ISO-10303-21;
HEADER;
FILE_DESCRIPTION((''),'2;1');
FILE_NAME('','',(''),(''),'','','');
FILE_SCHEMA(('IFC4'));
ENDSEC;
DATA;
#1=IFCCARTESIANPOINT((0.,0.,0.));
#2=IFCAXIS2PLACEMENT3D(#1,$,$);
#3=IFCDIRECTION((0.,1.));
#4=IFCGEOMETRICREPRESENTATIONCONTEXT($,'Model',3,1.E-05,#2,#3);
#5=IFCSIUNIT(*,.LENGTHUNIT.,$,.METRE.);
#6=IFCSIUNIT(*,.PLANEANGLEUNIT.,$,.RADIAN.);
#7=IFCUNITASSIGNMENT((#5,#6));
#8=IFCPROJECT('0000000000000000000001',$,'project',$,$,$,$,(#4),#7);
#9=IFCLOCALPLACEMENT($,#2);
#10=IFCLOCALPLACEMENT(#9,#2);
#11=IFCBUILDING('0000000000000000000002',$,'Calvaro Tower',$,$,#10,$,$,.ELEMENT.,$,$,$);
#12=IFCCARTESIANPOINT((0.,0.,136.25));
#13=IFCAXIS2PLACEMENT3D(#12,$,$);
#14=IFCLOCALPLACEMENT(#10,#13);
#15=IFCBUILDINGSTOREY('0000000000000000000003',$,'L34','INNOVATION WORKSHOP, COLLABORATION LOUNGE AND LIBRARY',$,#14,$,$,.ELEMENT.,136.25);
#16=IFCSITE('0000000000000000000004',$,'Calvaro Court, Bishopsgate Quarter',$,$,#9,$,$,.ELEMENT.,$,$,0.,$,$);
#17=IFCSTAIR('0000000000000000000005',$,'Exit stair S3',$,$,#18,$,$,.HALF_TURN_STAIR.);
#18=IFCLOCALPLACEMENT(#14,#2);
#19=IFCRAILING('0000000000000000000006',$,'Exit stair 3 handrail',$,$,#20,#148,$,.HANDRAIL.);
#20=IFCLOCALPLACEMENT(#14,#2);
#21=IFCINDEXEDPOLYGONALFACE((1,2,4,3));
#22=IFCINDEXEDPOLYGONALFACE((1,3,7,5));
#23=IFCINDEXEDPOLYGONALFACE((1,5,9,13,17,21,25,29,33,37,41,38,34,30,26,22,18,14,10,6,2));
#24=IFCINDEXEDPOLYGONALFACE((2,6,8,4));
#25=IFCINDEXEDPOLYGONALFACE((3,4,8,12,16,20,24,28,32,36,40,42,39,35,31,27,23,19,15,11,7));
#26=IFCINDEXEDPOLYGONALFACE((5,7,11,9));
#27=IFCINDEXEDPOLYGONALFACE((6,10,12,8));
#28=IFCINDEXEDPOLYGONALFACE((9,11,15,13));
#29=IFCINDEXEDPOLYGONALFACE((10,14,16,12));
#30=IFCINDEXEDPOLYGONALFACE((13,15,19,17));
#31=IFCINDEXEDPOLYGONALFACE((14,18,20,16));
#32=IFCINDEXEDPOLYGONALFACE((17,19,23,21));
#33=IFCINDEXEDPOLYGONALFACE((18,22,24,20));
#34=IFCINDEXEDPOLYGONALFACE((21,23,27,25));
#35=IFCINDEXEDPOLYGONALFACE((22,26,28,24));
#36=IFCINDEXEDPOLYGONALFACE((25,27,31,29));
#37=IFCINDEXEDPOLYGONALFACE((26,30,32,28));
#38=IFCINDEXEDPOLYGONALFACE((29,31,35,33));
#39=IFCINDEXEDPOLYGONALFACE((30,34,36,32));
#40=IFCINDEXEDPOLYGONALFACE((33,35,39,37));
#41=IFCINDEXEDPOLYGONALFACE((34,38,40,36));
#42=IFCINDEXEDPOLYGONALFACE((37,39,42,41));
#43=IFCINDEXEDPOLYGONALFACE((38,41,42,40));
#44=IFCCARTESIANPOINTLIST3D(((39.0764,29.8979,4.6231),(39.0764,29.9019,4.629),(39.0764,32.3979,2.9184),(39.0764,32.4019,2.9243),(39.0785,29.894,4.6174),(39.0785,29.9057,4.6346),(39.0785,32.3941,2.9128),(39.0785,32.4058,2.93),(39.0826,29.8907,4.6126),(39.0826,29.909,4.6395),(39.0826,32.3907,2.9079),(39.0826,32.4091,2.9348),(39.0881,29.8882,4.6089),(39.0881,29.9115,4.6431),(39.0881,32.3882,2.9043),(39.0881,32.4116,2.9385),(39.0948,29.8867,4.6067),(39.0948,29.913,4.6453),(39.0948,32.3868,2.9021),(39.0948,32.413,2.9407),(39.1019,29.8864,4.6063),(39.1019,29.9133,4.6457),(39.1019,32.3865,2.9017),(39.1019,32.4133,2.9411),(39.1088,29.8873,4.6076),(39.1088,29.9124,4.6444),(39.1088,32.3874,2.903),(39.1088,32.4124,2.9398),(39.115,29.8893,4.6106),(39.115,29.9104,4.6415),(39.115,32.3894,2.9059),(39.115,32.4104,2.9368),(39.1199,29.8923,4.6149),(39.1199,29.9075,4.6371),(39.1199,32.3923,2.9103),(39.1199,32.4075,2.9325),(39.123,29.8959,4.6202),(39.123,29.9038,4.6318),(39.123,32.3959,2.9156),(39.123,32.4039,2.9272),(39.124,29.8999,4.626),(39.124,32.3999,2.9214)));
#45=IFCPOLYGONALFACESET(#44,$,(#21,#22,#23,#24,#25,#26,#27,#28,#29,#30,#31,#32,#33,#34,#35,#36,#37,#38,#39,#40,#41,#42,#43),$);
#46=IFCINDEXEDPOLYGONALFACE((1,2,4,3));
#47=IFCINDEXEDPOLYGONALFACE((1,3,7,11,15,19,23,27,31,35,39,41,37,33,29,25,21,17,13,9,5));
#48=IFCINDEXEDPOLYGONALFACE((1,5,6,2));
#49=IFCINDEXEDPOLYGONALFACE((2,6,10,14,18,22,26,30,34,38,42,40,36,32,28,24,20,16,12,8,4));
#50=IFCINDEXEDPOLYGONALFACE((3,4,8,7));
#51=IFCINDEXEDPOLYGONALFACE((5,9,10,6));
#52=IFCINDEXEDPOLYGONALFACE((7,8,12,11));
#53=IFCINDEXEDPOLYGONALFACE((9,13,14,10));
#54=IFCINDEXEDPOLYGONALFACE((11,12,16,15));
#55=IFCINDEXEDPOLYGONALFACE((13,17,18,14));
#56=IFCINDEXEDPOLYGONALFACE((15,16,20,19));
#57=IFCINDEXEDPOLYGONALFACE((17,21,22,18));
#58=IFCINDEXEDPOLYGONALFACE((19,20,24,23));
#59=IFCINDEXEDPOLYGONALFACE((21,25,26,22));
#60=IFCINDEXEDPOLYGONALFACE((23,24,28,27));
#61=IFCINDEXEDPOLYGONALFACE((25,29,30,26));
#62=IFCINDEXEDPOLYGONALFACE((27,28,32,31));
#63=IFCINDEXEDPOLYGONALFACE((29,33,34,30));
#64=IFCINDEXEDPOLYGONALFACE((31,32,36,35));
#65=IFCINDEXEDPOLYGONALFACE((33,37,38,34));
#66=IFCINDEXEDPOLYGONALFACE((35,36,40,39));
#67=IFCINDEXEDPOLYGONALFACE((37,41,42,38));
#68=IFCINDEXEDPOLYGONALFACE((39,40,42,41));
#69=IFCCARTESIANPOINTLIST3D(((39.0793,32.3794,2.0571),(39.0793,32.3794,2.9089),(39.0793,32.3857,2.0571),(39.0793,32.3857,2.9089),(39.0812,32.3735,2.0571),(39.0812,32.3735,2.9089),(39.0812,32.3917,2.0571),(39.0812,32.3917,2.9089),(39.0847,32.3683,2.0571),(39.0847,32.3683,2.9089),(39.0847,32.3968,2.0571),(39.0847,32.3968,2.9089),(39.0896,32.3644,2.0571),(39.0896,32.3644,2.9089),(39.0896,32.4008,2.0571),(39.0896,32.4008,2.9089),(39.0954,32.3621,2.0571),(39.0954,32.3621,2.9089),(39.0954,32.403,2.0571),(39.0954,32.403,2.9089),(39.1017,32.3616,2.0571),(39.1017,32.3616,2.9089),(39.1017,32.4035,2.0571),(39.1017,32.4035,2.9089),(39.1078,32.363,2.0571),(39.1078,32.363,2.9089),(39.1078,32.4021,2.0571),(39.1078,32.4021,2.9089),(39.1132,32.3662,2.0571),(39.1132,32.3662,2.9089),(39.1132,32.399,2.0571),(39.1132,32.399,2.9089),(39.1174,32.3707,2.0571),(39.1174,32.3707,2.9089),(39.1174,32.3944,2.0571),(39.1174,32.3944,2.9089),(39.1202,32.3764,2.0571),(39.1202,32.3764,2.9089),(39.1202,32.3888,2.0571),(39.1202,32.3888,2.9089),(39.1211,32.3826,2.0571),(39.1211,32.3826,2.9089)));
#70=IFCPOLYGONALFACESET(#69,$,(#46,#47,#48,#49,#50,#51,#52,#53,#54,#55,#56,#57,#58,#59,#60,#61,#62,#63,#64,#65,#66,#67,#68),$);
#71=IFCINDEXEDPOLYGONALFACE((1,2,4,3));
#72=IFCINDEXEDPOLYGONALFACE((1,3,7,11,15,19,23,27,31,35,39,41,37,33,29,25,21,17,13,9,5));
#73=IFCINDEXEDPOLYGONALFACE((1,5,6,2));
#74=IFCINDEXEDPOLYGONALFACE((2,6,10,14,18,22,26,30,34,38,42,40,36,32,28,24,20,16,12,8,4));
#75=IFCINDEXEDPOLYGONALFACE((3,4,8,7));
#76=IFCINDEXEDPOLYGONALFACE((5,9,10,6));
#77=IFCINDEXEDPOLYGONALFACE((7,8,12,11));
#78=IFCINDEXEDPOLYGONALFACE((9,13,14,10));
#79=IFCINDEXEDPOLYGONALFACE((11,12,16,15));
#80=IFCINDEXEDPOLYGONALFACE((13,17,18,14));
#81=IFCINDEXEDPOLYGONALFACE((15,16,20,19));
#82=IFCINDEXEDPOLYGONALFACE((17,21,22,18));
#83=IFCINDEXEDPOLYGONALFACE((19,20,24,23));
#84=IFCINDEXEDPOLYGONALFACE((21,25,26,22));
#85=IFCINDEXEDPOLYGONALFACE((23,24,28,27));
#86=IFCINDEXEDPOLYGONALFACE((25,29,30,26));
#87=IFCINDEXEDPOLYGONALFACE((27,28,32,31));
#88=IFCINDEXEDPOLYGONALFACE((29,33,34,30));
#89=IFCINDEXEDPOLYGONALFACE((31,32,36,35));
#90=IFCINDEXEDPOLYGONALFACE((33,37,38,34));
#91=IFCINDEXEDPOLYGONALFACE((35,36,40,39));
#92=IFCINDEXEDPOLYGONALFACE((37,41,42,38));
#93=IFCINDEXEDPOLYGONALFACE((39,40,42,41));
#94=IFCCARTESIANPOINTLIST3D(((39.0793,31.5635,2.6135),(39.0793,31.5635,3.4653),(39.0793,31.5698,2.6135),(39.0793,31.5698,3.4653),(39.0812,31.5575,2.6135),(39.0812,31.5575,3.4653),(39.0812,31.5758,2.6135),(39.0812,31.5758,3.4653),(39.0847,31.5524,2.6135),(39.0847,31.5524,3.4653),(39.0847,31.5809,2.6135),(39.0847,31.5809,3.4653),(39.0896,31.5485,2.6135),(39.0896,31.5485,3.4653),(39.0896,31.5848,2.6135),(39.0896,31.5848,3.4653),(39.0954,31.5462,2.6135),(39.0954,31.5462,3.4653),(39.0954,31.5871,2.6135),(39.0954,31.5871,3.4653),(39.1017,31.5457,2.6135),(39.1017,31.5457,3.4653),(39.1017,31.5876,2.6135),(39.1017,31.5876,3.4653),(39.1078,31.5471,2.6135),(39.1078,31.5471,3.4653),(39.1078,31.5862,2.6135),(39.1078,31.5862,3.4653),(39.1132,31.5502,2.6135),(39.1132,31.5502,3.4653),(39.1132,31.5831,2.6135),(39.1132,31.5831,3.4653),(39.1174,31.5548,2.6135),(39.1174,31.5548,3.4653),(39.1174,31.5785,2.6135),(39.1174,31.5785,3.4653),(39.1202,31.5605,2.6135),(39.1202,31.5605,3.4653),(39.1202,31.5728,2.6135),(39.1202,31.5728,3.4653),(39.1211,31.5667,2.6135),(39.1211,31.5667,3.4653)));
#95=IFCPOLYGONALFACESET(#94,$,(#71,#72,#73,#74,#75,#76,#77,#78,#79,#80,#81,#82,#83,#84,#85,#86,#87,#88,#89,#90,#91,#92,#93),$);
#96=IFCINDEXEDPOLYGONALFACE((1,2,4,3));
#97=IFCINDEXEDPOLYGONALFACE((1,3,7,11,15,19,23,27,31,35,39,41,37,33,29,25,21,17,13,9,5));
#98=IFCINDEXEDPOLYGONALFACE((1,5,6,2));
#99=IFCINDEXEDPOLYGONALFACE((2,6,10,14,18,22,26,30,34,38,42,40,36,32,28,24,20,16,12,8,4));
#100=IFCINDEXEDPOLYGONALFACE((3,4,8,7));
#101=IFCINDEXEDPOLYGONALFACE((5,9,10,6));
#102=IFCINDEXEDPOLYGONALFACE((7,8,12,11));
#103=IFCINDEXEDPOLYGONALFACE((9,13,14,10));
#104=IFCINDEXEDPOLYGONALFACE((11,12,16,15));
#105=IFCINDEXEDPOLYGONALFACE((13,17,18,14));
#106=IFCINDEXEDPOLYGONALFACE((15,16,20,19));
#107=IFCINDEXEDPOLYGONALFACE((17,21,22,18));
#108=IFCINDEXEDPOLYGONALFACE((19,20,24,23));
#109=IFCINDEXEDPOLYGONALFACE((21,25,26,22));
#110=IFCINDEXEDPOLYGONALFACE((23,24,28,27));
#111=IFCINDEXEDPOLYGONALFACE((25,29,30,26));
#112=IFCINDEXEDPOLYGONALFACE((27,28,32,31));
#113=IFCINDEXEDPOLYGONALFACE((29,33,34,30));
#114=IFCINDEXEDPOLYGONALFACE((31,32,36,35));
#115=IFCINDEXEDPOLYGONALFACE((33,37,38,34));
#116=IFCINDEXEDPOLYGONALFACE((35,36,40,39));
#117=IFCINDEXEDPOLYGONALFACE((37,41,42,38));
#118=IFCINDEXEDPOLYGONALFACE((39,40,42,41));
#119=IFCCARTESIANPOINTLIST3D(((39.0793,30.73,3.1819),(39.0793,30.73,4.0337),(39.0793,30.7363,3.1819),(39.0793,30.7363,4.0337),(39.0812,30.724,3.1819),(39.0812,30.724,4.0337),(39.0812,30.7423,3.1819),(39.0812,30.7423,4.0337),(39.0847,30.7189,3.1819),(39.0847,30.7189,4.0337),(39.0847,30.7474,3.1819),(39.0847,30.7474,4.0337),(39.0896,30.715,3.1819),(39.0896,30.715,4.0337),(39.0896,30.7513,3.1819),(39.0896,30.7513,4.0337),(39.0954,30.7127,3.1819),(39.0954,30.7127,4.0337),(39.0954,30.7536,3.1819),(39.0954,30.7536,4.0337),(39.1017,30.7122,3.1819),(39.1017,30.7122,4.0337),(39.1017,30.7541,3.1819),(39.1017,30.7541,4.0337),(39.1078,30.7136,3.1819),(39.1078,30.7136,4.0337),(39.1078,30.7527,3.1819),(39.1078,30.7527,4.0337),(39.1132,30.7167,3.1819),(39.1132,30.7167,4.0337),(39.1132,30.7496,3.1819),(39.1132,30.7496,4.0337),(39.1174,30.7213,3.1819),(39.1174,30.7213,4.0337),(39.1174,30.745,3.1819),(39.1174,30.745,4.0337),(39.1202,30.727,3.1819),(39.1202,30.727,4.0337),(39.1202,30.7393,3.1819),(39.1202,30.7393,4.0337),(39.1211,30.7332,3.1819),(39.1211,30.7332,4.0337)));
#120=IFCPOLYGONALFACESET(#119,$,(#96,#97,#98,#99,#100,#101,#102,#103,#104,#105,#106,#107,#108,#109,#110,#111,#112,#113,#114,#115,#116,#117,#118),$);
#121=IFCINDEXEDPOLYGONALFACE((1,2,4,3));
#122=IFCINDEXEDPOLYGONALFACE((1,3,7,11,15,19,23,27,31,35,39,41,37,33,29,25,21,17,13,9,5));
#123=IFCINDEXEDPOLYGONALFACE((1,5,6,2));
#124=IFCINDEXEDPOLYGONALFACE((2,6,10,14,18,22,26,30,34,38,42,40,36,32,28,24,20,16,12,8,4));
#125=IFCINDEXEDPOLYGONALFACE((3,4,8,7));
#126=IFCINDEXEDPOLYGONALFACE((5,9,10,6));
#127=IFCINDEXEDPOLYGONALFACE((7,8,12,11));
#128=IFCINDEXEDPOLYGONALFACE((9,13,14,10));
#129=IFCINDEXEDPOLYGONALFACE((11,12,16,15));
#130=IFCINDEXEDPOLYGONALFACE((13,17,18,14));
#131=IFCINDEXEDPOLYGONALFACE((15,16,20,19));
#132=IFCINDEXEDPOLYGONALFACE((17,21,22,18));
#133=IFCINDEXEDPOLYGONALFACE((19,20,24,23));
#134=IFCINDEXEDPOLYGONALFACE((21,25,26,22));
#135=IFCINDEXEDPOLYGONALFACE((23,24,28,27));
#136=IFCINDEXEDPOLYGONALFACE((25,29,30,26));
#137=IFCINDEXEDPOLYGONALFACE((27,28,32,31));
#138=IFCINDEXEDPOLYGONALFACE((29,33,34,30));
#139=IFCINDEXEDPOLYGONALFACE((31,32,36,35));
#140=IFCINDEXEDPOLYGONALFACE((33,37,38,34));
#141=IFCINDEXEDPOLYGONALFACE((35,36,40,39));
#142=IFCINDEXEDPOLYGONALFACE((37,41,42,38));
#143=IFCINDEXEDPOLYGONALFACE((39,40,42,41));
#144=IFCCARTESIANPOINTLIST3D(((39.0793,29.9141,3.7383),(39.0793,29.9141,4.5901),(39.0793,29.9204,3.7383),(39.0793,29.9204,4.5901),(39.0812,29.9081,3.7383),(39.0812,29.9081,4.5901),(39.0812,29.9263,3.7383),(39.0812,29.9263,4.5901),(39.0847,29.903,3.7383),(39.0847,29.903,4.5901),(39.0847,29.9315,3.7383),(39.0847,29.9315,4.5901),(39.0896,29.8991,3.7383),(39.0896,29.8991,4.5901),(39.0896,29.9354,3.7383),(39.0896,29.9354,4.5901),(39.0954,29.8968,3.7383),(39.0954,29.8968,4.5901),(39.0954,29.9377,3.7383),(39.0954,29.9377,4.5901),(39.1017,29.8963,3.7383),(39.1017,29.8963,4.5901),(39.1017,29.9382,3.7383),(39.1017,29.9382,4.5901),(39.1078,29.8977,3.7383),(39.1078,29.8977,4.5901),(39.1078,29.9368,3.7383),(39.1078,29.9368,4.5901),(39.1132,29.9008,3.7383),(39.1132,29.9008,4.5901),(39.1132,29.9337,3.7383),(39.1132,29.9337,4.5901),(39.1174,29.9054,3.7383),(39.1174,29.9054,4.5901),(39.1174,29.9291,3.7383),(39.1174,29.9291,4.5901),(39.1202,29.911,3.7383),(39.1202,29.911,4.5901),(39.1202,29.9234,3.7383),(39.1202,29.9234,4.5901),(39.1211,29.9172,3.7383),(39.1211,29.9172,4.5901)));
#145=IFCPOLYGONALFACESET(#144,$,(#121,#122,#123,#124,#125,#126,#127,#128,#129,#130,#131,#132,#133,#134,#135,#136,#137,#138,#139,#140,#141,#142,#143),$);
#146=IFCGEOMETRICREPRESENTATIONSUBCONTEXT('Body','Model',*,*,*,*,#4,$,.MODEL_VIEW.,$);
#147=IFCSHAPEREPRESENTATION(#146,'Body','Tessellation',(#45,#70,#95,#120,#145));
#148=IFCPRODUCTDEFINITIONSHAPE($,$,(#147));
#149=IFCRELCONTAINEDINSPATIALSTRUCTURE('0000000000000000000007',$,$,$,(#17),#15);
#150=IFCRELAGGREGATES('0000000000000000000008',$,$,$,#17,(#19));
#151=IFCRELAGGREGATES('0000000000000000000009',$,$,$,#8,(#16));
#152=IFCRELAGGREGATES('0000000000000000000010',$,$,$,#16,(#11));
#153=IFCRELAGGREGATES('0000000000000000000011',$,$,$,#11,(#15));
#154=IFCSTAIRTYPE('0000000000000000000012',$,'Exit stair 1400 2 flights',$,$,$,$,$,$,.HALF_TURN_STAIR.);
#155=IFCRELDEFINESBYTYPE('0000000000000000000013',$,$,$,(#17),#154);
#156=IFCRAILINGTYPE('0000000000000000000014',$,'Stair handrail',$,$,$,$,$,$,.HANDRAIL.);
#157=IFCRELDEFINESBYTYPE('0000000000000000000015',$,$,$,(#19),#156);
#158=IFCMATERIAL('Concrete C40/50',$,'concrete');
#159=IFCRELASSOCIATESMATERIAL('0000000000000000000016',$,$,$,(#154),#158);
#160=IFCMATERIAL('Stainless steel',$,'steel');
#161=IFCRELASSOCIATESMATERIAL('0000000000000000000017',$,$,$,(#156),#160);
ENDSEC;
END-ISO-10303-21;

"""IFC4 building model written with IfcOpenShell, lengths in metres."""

from ifc_helpers import new_model, si_unit, direction, frame, origin, origin_2d, place, context, subcontext, project, spatial, circle, extrude, material, type_object, element, aggregate, save


model = new_model("IFC4")

# Units and contexts
model_context = context("Model", 3, precision=1e-05, world=origin(), true_north=direction((0.0, 1.0)))
body_context = subcontext(model_context, "Body", "Model", "MODEL_VIEW")
ifc_project = project(units=[si_unit("LENGTHUNIT", "METRE"), si_unit("PLANEANGLEUNIT", "RADIAN")], contexts=[model_context])

# Site, building, storey
site_placement = place(None, origin())
site = spatial("IfcSite", under=ifc_project, at=site_placement, Name="Calvaro Court, Bishopsgate Quarter", CompositionType="ELEMENT", RefElevation=0.0)
building_placement = place(site_placement, origin())
building = spatial("IfcBuilding", under=site, at=building_placement, Name="Calvaro Tower", CompositionType="ELEMENT")
storey_placement = place(building_placement, frame((0.0, 0.0, 136.25)))
storey = spatial("IfcBuildingStorey", under=building, at=storey_placement, Name="L34", Description="INNOVATION WORKSHOP, COLLABORATION LOUNGE AND LIBRARY", CompositionType="ELEMENT", Elevation=136.25)

# Stair
ifc_material_1 = material(Name="Concrete C40/50", Category="concrete")
stair_type = type_object("IfcStairType", Name="Exit stair 1400 2 flights", PredefinedType="HALF_TURN_STAIR", material=ifc_material_1)
stair_1_placement = place(storey_placement, origin())
stair_1 = element("IfcStair", 1, at=stair_1_placement, inside=storey, type_object=stair_type, Name="Exit stair S3", PredefinedType="HALF_TURN_STAIR")

# Railing
ifc_material_2 = material(Name="Stainless steel", Category="steel")
railing_type = type_object("IfcRailingType", Name="Stair handrail", PredefinedType="HANDRAIL", material=ifc_material_2)
railing_1_placement = place(storey_placement, frame((39.1001, 32.3999, 2.0454)))
railing_1 = element("IfcRailing", 2, at=railing_1_placement, type_object=railing_type, Name="Exit stair 3 handrail", PredefinedType="HANDRAIL", context=body_context, shape_type="SweptSolid", body=[
    extrude(circle(Radius=0.0239, at=origin_2d()), frame((0.0, 0.0, 0.876), z_axis=(0.0, -0.826221, 0.563347), x_axis=(1.0, 0.0, 0.0)), (0.0, 0.0, 1.0), 3.0259),
    extrude(circle(Radius=0.021, at=origin_2d()), frame((0.0, -0.0173, 0.0117)), (0.0, 0.0, 1.0), 0.8518),
    extrude(circle(Radius=0.021, at=origin_2d()), frame((0.0, -0.8333, 0.5681)), (0.0, 0.0, 1.0), 0.8518),
    extrude(circle(Radius=0.021, at=origin_2d()), frame((0.0, -1.6667, 1.1365)), (0.0, 0.0, 1.0), 0.8518),
    extrude(circle(Radius=0.021, at=origin_2d()), frame((0.0, -2.4827, 1.6929)), (0.0, 0.0, 1.0), 0.8518),
])
aggregate(stair_1, [railing_1])

save(model, "model.ifc")
